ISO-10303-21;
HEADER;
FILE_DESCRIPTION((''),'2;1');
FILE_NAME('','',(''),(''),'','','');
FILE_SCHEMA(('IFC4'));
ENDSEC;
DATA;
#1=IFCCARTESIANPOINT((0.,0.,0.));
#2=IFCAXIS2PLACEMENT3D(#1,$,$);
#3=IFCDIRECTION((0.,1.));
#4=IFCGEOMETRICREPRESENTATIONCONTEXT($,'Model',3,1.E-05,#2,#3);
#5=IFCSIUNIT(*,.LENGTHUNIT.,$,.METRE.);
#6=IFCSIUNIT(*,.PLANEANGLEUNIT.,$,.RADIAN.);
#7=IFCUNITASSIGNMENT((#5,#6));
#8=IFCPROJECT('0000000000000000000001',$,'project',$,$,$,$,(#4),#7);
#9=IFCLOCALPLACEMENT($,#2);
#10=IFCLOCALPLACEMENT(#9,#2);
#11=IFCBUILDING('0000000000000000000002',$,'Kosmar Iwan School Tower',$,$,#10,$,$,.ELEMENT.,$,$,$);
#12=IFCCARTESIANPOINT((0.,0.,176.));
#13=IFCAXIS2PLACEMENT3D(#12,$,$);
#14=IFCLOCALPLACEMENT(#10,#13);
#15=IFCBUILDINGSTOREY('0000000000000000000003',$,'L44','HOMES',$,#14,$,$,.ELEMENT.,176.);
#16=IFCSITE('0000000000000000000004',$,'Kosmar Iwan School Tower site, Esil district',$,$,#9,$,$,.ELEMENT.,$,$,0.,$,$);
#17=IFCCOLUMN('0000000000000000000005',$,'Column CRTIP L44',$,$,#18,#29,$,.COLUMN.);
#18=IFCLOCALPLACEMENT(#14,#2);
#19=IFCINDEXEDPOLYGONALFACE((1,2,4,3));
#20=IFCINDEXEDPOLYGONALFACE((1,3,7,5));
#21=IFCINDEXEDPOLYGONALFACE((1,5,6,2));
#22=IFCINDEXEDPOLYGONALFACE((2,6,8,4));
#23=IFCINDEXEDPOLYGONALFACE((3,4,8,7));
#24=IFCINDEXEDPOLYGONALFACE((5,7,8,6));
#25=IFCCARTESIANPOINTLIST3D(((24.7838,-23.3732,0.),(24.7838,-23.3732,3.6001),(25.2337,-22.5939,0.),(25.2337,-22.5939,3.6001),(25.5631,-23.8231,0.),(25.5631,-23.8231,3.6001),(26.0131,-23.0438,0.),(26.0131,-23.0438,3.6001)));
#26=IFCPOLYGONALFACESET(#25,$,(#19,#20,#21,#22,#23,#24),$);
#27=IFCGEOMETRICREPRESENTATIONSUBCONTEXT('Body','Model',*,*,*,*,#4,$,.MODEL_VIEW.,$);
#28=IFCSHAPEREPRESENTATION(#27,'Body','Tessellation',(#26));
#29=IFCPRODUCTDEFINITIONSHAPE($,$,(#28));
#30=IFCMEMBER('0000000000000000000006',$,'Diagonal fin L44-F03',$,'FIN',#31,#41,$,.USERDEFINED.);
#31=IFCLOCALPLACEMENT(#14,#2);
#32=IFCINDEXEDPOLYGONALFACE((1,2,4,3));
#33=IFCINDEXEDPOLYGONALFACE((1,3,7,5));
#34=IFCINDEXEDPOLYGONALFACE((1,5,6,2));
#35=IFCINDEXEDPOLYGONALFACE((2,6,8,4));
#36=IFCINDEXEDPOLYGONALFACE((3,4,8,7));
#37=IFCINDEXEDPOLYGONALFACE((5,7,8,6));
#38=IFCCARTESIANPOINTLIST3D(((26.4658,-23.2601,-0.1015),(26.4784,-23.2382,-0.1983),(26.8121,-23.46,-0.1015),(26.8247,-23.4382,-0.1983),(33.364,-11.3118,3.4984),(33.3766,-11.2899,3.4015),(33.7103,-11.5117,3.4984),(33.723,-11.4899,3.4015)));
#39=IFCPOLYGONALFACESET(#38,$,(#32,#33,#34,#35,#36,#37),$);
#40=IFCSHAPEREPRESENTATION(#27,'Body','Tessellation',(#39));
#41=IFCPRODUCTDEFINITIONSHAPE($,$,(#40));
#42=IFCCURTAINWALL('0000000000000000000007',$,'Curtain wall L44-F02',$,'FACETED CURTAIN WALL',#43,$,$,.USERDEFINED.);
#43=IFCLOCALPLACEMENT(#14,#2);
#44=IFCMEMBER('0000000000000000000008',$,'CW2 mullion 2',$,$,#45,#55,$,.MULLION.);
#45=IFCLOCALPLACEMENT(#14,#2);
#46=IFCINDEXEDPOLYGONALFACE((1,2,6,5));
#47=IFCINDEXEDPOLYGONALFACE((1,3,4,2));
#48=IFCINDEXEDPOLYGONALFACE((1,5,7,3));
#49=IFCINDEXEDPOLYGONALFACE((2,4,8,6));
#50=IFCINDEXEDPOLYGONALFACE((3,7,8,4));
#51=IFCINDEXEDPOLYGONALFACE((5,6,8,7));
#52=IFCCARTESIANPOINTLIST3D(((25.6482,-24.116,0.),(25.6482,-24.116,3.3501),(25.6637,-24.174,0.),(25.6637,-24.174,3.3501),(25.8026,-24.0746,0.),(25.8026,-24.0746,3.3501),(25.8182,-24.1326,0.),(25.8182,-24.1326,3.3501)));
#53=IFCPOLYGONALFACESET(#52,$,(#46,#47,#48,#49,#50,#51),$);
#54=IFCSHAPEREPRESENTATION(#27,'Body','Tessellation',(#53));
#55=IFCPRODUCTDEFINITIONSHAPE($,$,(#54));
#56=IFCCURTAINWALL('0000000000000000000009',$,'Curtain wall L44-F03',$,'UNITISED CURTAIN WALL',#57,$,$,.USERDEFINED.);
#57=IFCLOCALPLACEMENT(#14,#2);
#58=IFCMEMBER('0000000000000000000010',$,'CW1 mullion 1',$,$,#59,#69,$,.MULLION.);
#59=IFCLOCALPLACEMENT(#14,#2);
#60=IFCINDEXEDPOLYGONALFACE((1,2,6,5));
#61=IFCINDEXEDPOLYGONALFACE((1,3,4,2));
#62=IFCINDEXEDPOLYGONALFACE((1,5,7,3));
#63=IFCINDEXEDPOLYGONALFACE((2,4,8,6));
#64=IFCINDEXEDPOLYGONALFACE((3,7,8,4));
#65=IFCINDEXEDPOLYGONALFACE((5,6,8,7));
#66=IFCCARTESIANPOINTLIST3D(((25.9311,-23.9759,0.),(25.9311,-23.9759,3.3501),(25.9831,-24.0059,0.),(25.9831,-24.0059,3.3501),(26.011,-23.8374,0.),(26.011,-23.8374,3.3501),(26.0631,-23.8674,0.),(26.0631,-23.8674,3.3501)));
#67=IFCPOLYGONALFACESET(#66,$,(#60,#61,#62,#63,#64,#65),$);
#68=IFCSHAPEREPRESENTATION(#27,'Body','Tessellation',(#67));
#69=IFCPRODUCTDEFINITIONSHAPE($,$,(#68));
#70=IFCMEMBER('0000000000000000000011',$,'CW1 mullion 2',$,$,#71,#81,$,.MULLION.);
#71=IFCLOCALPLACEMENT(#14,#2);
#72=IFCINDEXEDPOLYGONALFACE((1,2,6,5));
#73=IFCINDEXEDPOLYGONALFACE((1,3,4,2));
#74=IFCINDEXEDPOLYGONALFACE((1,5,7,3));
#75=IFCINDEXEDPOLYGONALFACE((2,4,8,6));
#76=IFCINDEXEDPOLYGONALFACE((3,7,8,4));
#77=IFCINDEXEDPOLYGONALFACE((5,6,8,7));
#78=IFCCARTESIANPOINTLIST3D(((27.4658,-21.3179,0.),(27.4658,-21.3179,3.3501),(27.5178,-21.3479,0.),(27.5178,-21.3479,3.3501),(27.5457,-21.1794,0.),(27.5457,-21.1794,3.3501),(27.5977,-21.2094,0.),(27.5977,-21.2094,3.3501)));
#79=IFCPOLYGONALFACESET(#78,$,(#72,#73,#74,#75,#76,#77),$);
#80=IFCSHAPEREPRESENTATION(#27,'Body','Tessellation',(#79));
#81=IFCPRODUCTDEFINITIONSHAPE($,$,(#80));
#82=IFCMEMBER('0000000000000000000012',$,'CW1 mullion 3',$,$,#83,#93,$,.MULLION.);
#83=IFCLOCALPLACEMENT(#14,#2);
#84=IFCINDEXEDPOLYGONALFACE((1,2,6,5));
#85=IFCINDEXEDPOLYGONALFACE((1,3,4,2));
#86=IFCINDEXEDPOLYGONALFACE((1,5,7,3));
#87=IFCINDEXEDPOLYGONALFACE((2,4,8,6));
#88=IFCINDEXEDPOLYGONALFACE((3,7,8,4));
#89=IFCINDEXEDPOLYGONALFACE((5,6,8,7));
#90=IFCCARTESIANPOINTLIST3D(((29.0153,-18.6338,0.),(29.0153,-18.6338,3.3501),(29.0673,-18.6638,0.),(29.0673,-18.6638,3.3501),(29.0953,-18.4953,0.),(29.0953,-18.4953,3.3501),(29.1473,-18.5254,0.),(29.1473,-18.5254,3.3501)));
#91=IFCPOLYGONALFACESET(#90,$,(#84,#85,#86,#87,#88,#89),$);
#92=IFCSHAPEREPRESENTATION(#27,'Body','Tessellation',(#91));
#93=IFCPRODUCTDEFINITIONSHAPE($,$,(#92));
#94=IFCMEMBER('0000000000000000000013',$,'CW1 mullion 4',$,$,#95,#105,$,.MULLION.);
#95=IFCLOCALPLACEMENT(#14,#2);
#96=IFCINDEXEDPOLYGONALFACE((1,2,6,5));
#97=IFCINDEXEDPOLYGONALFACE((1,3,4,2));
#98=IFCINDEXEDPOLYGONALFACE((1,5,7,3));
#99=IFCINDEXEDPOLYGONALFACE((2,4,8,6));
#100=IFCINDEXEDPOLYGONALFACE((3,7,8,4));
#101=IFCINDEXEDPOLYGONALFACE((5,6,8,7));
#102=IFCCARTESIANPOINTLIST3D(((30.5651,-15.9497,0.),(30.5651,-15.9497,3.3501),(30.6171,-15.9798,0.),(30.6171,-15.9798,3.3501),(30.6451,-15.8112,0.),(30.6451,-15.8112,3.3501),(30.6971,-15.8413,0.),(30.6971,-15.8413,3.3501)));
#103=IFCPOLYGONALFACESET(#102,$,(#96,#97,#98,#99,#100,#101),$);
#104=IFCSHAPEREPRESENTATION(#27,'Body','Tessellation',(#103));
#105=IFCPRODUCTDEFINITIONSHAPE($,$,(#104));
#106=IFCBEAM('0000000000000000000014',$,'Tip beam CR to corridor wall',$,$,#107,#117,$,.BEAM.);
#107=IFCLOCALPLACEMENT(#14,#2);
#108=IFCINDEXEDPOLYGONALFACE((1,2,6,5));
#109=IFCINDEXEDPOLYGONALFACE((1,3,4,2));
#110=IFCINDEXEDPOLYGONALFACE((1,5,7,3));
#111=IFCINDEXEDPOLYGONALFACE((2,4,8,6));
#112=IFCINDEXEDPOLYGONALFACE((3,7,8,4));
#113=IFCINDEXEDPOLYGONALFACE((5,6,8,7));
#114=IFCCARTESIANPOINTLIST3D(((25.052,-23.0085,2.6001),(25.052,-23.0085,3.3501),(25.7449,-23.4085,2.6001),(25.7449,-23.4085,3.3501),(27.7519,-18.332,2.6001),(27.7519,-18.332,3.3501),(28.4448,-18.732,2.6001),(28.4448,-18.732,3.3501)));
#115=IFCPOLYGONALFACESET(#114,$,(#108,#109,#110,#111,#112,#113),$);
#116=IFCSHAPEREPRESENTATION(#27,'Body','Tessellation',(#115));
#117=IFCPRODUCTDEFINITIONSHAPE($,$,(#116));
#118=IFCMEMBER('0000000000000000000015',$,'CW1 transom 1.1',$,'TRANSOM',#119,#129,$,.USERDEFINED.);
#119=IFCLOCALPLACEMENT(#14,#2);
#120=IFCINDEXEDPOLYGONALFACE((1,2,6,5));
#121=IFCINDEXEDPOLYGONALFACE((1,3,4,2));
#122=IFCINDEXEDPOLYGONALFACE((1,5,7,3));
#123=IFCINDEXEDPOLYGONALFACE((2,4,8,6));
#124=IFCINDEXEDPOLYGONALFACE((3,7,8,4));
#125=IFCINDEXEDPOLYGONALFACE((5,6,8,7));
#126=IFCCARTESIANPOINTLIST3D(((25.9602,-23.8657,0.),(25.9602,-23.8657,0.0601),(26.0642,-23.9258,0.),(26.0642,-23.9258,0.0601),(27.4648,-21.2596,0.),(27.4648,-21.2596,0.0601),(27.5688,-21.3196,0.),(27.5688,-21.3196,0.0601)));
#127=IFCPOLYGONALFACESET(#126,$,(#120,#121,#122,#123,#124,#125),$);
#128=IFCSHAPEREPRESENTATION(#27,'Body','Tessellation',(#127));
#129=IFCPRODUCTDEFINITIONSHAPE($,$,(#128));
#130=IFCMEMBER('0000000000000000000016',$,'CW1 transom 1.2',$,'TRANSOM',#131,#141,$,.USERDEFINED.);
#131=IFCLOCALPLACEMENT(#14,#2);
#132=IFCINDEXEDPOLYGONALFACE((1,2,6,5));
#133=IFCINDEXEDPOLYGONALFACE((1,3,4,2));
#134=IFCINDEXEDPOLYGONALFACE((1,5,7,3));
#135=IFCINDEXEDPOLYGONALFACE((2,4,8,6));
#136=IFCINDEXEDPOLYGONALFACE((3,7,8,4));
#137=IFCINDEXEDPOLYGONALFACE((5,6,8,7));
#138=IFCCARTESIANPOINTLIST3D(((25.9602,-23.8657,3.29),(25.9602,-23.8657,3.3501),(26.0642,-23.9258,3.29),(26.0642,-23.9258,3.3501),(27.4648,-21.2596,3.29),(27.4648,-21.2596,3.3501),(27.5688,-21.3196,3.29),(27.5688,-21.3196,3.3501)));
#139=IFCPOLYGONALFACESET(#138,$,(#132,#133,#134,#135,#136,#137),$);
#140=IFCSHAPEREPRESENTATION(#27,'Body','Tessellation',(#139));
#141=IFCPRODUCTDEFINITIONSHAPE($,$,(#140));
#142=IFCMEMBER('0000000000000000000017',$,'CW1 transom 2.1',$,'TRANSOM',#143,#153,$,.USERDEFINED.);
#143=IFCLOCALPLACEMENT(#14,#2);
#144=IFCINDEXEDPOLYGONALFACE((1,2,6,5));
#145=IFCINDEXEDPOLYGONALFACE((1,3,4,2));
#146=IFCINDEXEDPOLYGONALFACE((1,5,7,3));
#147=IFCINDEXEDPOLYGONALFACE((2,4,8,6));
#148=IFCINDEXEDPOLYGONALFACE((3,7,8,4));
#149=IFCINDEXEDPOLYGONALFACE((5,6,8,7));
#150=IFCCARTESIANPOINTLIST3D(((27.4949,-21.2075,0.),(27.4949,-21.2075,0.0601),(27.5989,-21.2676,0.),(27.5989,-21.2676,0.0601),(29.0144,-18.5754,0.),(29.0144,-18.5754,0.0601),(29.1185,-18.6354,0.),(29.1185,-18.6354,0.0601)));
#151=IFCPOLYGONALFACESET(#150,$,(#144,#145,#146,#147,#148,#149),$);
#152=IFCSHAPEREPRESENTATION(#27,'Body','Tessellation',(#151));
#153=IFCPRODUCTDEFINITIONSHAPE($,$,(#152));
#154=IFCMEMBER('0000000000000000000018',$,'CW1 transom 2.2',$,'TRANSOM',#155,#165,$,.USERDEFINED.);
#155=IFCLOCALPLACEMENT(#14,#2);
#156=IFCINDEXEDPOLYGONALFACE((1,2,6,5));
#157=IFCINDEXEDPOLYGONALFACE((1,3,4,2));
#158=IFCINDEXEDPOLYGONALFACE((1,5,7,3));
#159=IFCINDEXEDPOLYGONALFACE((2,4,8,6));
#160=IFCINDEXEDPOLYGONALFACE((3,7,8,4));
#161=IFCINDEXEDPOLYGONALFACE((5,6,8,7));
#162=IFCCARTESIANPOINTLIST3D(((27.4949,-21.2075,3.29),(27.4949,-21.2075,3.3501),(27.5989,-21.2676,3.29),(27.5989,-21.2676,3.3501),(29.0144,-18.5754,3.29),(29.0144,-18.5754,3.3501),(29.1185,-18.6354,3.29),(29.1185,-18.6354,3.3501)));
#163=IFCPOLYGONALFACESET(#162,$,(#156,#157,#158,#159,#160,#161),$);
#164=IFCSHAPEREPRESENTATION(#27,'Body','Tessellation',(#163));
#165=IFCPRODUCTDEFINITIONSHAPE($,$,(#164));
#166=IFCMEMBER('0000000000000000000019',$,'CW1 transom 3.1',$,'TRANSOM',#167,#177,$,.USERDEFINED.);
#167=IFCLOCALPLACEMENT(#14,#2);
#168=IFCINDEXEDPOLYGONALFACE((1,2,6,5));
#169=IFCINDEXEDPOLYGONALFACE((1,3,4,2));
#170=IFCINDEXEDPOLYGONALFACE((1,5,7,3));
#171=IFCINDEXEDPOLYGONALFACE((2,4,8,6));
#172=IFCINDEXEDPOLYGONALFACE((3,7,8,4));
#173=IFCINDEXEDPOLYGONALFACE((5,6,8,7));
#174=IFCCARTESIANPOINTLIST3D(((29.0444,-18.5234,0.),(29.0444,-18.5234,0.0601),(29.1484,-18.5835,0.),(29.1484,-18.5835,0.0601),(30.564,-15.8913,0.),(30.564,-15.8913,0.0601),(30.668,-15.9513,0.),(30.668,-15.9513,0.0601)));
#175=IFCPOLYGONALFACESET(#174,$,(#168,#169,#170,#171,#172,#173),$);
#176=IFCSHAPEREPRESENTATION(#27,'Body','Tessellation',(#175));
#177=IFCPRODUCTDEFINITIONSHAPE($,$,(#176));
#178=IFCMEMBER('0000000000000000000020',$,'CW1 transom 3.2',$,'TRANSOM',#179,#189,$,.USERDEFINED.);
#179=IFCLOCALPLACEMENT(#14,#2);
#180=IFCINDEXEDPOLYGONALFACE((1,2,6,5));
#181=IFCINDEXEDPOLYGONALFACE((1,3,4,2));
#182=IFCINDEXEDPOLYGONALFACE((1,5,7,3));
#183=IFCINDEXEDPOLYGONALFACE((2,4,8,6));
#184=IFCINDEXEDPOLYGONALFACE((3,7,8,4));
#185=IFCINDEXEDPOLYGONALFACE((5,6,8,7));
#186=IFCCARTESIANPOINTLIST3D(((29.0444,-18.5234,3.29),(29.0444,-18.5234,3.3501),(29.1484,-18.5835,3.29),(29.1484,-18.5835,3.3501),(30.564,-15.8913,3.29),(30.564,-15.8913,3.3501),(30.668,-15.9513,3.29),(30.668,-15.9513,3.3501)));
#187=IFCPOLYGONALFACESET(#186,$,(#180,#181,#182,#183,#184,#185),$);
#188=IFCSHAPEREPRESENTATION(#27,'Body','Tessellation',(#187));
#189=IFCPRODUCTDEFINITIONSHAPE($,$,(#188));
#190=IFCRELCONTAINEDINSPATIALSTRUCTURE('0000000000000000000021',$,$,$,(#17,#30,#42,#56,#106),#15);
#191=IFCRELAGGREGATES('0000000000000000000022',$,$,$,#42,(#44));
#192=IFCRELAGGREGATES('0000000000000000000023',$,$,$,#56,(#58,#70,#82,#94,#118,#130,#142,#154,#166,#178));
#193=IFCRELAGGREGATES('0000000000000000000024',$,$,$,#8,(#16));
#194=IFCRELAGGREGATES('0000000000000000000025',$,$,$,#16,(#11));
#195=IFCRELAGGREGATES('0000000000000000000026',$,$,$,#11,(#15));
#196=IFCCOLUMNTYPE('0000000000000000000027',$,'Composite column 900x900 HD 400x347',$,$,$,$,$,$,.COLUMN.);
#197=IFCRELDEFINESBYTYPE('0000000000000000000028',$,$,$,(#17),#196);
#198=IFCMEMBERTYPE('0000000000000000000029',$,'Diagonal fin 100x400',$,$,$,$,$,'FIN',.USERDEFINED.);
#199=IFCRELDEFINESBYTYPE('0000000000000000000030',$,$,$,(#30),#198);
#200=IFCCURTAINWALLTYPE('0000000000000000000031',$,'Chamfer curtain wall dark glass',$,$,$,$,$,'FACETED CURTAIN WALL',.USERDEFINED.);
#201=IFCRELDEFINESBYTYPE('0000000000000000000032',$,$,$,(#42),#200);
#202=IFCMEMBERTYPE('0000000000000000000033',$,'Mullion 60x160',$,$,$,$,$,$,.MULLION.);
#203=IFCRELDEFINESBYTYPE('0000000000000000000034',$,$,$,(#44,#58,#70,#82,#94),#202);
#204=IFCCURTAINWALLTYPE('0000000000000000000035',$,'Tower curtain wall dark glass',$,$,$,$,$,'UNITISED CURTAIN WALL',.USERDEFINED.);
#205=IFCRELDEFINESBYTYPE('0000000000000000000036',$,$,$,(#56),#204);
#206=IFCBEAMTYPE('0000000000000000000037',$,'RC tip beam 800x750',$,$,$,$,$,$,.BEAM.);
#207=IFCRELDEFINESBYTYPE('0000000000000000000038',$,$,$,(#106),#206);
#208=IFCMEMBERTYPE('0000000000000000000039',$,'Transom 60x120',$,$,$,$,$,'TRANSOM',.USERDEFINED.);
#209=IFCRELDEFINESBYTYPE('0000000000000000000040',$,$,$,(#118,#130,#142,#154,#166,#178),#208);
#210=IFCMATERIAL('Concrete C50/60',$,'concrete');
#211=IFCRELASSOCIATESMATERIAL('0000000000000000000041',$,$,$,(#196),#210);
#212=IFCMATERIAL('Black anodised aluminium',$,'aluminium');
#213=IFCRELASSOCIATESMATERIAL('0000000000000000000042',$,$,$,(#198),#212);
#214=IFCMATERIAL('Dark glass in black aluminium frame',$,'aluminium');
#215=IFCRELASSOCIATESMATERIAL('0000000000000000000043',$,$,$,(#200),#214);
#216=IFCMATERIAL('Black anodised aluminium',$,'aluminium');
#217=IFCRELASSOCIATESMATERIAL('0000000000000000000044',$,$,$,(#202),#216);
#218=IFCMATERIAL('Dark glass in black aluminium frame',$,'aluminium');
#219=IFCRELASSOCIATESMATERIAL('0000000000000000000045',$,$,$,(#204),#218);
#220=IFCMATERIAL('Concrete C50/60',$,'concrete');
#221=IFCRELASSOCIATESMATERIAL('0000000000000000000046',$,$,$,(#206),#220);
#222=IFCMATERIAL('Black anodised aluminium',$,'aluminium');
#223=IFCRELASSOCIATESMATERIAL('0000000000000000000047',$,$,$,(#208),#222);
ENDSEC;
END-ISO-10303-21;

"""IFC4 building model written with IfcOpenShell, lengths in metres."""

from ifc_helpers import new_model, si_unit, direction, frame, origin, origin_2d, place, context, subcontext, project, spatial, rectangle, extrude, material, material_profile, profile_set, type_object, element, aggregate, save


model = new_model("IFC4")

# Units and contexts
model_context = context("Model", 3, precision=1e-05, world=origin(), true_north=direction((0.0, 1.0)))
body_context = subcontext(model_context, "Body", "Model", "MODEL_VIEW")
ifc_project = project(units=[si_unit("LENGTHUNIT", "METRE"), si_unit("PLANEANGLEUNIT", "RADIAN")], contexts=[model_context])

# Site, building, storey
site_placement = place(None, origin())
site = spatial("IfcSite", under=ifc_project, at=site_placement, Name="Kosmar Iwan School Tower site, Esil district", CompositionType="ELEMENT", RefElevation=0.0)
building_placement = place(site_placement, origin())
building = spatial("IfcBuilding", under=site, at=building_placement, Name="Kosmar Iwan School Tower", CompositionType="ELEMENT")
storey_placement = place(building_placement, frame((0.0, 0.0, 176.0)))
storey = spatial("IfcBuildingStorey", under=building, at=storey_placement, Name="L44", Description="HOMES", CompositionType="ELEMENT", Elevation=176.0)

# Column
ifc_material_1 = material(Name="Concrete C50/60", Category="concrete")
ifc_material_profile_1 = material_profile(ifc_material_1, rectangle(XDim=0.8999, YDim=0.8999, at=origin_2d()), Name="RC 900x900 + HD 400x347")
ifc_profile_set_1 = profile_set([ifc_material_profile_1], Name="Concrete C50/60")
column_type = type_object("IfcColumnType", Name="Composite column 900x900 HD 400x347", PredefinedType="COLUMN", material=ifc_profile_set_1)
column_placement = place(storey_placement, frame((25.3984, -23.2085, 0.0), z_axis=(0.0, 0.0, 1.0), x_axis=(0.866025, -0.5, 0.0)))
element("IfcColumn", 1, at=column_placement, inside=storey, type_object=column_type, Name="Column CRTIP L44", PredefinedType="COLUMN", context=body_context, shape_type="SweptSolid", body=[
    extrude(rectangle(XDim=0.8999, YDim=0.8999, at=origin_2d()), origin(), (0.0, 0.0, 1.0), 3.6001),
])

# Member
ifc_material_2 = material(Name="Black anodised aluminium", Category="aluminium")
ifc_material_profile_2 = material_profile(ifc_material_2, rectangle(XDim=0.1001, YDim=0.3999, at=origin_2d()), Name="FIN 100x400")
ifc_profile_set_2 = profile_set([ifc_material_profile_2], Name="Black anodised aluminium")
member_type_1 = type_object("IfcMemberType", Name="Diagonal fin 100x400", ElementType="FIN", PredefinedType="USERDEFINED", material=ifc_profile_set_2)
member_1_placement = place(storey_placement, frame((26.6453, -23.3491, -0.1499), z_axis=(0.483796, 0.837974, 0.252471), x_axis=(-0.126234, -0.218647, 0.967604)))
element("IfcMember", 2, at=member_1_placement, inside=storey, type_object=member_type_1, Name="Diagonal fin L44-F03", ObjectType="FIN", PredefinedType="USERDEFINED", context=body_context, shape_type="SweptSolid", body=[
    extrude(rectangle(XDim=0.1001, YDim=0.3999, at=origin_2d()), origin(), (0.0, 0.0, 1.0), 14.2585),
])

# Curtain wall, member
ifc_material_3 = material(Name="Dark glass in black aluminium frame", Category="aluminium")
curtain_wall_type_1 = type_object("IfcCurtainWallType", Name="Chamfer curtain wall dark glass", ElementType="FACETED CURTAIN WALL", PredefinedType="USERDEFINED", material=ifc_material_3)
curtain_wall_1_placement = place(storey_placement, origin())
curtain_wall_1 = element("IfcCurtainWall", 3, at=curtain_wall_1_placement, inside=storey, type_object=curtain_wall_type_1, Name="Curtain wall L44-F02", ObjectType="FACETED CURTAIN WALL", PredefinedType="USERDEFINED")
ifc_material_4 = material(Name="Black anodised aluminium", Category="aluminium")
ifc_material_profile_3 = material_profile(ifc_material_4, rectangle(XDim=0.0601, YDim=0.1599, at=origin_2d()), Name="MULLION 60x160")
ifc_profile_set_3 = profile_set([ifc_material_profile_3], Name="Black anodised aluminium")
member_type_2 = type_object("IfcMemberType", Name="Mullion 60x160", PredefinedType="MULLION", material=ifc_profile_set_3)
member_2_placement = place(storey_placement, frame((25.7332, -24.1243, 0.0), z_axis=(0.0, 0.0, 1.0), x_axis=(-0.258819, 0.965926, 0.0)))
member_2 = element("IfcMember", 4, at=member_2_placement, type_object=member_type_2, Name="CW2 mullion 2", PredefinedType="MULLION", context=body_context, shape_type="SweptSolid", body=[
    extrude(rectangle(XDim=0.0601, YDim=0.1599, at=origin_2d()), origin(), (0.0, 0.0, 1.0), 3.3501),
])

# Curtain wall, members
ifc_material_5 = material(Name="Dark glass in black aluminium frame", Category="aluminium")
curtain_wall_type_2 = type_object("IfcCurtainWallType", Name="Tower curtain wall dark glass", ElementType="UNITISED CURTAIN WALL", PredefinedType="USERDEFINED", material=ifc_material_5)
curtain_wall_2_placement = place(storey_placement, origin())
curtain_wall_2 = element("IfcCurtainWall", 5, at=curtain_wall_2_placement, inside=storey, type_object=curtain_wall_type_2, Name="Curtain wall L44-F03", ObjectType="UNITISED CURTAIN WALL", PredefinedType="USERDEFINED")
member_3_placement = place(storey_placement, frame((25.9971, -23.9216, 0.0), z_axis=(0.0, 0.0, 1.0), x_axis=(-0.866025, 0.5, 0.0)))
member_3 = element("IfcMember", 6, at=member_3_placement, type_object=member_type_2, Name="CW1 mullion 1", PredefinedType="MULLION", context=body_context, shape_type="SweptSolid", body=[
    extrude(rectangle(XDim=0.0601, YDim=0.1599, at=origin_2d()), origin(), (0.0, 0.0, 1.0), 3.3501),
])
member_4_placement = place(storey_placement, frame((27.5317, -21.2637, 0.0), z_axis=(0.0, 0.0, 1.0), x_axis=(-0.866025, 0.5, 0.0)))
member_4 = element("IfcMember", 7, at=member_4_placement, type_object=member_type_2, Name="CW1 mullion 2", PredefinedType="MULLION", context=body_context, shape_type="SweptSolid", body=[
    extrude(rectangle(XDim=0.0601, YDim=0.1599, at=origin_2d()), origin(), (0.0, 0.0, 1.0), 3.3501),
])
member_5_placement = place(storey_placement, frame((29.0813, -18.5796, 0.0), z_axis=(0.0, 0.0, 1.0), x_axis=(-0.866025, 0.5, 0.0)))
member_5 = element("IfcMember", 8, at=member_5_placement, type_object=member_type_2, Name="CW1 mullion 3", PredefinedType="MULLION", context=body_context, shape_type="SweptSolid", body=[
    extrude(rectangle(XDim=0.0601, YDim=0.1599, at=origin_2d()), origin(), (0.0, 0.0, 1.0), 3.3501),
])
member_6_placement = place(storey_placement, frame((30.6311, -15.8955, 0.0), z_axis=(0.0, 0.0, 1.0), x_axis=(-0.866025, 0.5, 0.0)))
member_6 = element("IfcMember", 9, at=member_6_placement, type_object=member_type_2, Name="CW1 mullion 4", PredefinedType="MULLION", context=body_context, shape_type="SweptSolid", body=[
    extrude(rectangle(XDim=0.0601, YDim=0.1599, at=origin_2d()), origin(), (0.0, 0.0, 1.0), 3.3501),
])

# Beam
ifc_material_6 = material(Name="Concrete C50/60", Category="concrete")
ifc_material_profile_4 = material_profile(ifc_material_6, rectangle(XDim=0.8, YDim=0.75, at=origin_2d()), Name="RC 800x750")
ifc_profile_set_4 = profile_set([ifc_material_profile_4], Name="Concrete C50/60")
beam_type = type_object("IfcBeamType", Name="RC tip beam 800x750", PredefinedType="BEAM", material=ifc_profile_set_4)
beam_placement = place(storey_placement, frame((25.3984, -23.2085, 2.9751), z_axis=(0.499995, 0.866028, 0.0), x_axis=(-0.866028, 0.499995, 0.0)))
element("IfcBeam", 10, at=beam_placement, inside=storey, type_object=beam_type, Name="Tip beam CR to corridor wall", PredefinedType="BEAM", context=body_context, shape_type="SweptSolid", body=[
    extrude(rectangle(XDim=0.8, YDim=0.75, at=origin_2d()), origin(), (0.0, 0.0, 1.0), 5.3999),
])

# Members
ifc_material_7 = material(Name="Black anodised aluminium", Category="aluminium")
ifc_material_profile_5 = material_profile(ifc_material_7, rectangle(XDim=0.1201, YDim=0.0601, at=origin_2d()), Name="TRANSOM 60x120")
ifc_profile_set_5 = profile_set([ifc_material_profile_5], Name="Black anodised aluminium")
member_type_3 = type_object("IfcMemberType", Name="Transom 60x120", ElementType="TRANSOM", PredefinedType="USERDEFINED", material=ifc_profile_set_5)
member_7_placement = place(storey_placement, frame((26.0122, -23.8958, 0.03), z_axis=(0.499987, 0.866033, 0.0), x_axis=(-0.866033, 0.499987, 0.0)))
member_7 = element("IfcMember", 11, at=member_7_placement, type_object=member_type_3, Name="CW1 transom 1.1", ObjectType="TRANSOM", PredefinedType="USERDEFINED", context=body_context, shape_type="SweptSolid", body=[
    extrude(rectangle(XDim=0.1201, YDim=0.0601, at=origin_2d()), origin(), (0.0, 0.0, 1.0), 3.0093),
])
member_8_placement = place(storey_placement, frame((26.0122, -23.8958, 3.3201), z_axis=(0.499987, 0.866033, 0.0), x_axis=(-0.866033, 0.499987, 0.0)))
member_8 = element("IfcMember", 12, at=member_8_placement, type_object=member_type_3, Name="CW1 transom 1.2", ObjectType="TRANSOM", PredefinedType="USERDEFINED", context=body_context, shape_type="SweptSolid", body=[
    extrude(rectangle(XDim=0.1201, YDim=0.0601, at=origin_2d()), origin(), (0.0, 0.0, 1.0), 3.0093),
])
member_9_placement = place(storey_placement, frame((27.5469, -21.2375, 0.03), z_axis=(0.499975, 0.86604, 0.0), x_axis=(-0.86604, 0.499975, 0.0)))
member_9 = element("IfcMember", 13, at=member_9_placement, type_object=member_type_3, Name="CW1 transom 2.1", ObjectType="TRANSOM", PredefinedType="USERDEFINED", context=body_context, shape_type="SweptSolid", body=[
    extrude(rectangle(XDim=0.1201, YDim=0.0601, at=origin_2d()), origin(), (0.0, 0.0, 1.0), 3.0393),
])
member_10_placement = place(storey_placement, frame((27.5469, -21.2375, 3.3201), z_axis=(0.499975, 0.86604, 0.0), x_axis=(-0.86604, 0.499975, 0.0)))
member_10 = element("IfcMember", 14, at=member_10_placement, type_object=member_type_3, Name="CW1 transom 2.2", ObjectType="TRANSOM", PredefinedType="USERDEFINED", context=body_context, shape_type="SweptSolid", body=[
    extrude(rectangle(XDim=0.1201, YDim=0.0601, at=origin_2d()), origin(), (0.0, 0.0, 1.0), 3.0393),
])
member_11_placement = place(storey_placement, frame((29.0964, -18.5535, 0.03), z_axis=(0.499975, 0.86604, 0.0), x_axis=(-0.86604, 0.499975, 0.0)))
member_11 = element("IfcMember", 15, at=member_11_placement, type_object=member_type_3, Name="CW1 transom 3.1", ObjectType="TRANSOM", PredefinedType="USERDEFINED", context=body_context, shape_type="SweptSolid", body=[
    extrude(rectangle(XDim=0.1201, YDim=0.0601, at=origin_2d()), origin(), (0.0, 0.0, 1.0), 3.0393),
])
member_12_placement = place(storey_placement, frame((29.0964, -18.5535, 3.3201), z_axis=(0.499975, 0.86604, 0.0), x_axis=(-0.86604, 0.499975, 0.0)))
member_12 = element("IfcMember", 16, at=member_12_placement, type_object=member_type_3, Name="CW1 transom 3.2", ObjectType="TRANSOM", PredefinedType="USERDEFINED", context=body_context, shape_type="SweptSolid", body=[
    extrude(rectangle(XDim=0.1201, YDim=0.0601, at=origin_2d()), origin(), (0.0, 0.0, 1.0), 3.0393),
])

aggregate(curtain_wall_1, [member_2])
aggregate(curtain_wall_2, [member_3, member_4, member_5, member_6, member_7, member_8, member_9, member_10, member_11, member_12])

save(model, "model.ifc")
